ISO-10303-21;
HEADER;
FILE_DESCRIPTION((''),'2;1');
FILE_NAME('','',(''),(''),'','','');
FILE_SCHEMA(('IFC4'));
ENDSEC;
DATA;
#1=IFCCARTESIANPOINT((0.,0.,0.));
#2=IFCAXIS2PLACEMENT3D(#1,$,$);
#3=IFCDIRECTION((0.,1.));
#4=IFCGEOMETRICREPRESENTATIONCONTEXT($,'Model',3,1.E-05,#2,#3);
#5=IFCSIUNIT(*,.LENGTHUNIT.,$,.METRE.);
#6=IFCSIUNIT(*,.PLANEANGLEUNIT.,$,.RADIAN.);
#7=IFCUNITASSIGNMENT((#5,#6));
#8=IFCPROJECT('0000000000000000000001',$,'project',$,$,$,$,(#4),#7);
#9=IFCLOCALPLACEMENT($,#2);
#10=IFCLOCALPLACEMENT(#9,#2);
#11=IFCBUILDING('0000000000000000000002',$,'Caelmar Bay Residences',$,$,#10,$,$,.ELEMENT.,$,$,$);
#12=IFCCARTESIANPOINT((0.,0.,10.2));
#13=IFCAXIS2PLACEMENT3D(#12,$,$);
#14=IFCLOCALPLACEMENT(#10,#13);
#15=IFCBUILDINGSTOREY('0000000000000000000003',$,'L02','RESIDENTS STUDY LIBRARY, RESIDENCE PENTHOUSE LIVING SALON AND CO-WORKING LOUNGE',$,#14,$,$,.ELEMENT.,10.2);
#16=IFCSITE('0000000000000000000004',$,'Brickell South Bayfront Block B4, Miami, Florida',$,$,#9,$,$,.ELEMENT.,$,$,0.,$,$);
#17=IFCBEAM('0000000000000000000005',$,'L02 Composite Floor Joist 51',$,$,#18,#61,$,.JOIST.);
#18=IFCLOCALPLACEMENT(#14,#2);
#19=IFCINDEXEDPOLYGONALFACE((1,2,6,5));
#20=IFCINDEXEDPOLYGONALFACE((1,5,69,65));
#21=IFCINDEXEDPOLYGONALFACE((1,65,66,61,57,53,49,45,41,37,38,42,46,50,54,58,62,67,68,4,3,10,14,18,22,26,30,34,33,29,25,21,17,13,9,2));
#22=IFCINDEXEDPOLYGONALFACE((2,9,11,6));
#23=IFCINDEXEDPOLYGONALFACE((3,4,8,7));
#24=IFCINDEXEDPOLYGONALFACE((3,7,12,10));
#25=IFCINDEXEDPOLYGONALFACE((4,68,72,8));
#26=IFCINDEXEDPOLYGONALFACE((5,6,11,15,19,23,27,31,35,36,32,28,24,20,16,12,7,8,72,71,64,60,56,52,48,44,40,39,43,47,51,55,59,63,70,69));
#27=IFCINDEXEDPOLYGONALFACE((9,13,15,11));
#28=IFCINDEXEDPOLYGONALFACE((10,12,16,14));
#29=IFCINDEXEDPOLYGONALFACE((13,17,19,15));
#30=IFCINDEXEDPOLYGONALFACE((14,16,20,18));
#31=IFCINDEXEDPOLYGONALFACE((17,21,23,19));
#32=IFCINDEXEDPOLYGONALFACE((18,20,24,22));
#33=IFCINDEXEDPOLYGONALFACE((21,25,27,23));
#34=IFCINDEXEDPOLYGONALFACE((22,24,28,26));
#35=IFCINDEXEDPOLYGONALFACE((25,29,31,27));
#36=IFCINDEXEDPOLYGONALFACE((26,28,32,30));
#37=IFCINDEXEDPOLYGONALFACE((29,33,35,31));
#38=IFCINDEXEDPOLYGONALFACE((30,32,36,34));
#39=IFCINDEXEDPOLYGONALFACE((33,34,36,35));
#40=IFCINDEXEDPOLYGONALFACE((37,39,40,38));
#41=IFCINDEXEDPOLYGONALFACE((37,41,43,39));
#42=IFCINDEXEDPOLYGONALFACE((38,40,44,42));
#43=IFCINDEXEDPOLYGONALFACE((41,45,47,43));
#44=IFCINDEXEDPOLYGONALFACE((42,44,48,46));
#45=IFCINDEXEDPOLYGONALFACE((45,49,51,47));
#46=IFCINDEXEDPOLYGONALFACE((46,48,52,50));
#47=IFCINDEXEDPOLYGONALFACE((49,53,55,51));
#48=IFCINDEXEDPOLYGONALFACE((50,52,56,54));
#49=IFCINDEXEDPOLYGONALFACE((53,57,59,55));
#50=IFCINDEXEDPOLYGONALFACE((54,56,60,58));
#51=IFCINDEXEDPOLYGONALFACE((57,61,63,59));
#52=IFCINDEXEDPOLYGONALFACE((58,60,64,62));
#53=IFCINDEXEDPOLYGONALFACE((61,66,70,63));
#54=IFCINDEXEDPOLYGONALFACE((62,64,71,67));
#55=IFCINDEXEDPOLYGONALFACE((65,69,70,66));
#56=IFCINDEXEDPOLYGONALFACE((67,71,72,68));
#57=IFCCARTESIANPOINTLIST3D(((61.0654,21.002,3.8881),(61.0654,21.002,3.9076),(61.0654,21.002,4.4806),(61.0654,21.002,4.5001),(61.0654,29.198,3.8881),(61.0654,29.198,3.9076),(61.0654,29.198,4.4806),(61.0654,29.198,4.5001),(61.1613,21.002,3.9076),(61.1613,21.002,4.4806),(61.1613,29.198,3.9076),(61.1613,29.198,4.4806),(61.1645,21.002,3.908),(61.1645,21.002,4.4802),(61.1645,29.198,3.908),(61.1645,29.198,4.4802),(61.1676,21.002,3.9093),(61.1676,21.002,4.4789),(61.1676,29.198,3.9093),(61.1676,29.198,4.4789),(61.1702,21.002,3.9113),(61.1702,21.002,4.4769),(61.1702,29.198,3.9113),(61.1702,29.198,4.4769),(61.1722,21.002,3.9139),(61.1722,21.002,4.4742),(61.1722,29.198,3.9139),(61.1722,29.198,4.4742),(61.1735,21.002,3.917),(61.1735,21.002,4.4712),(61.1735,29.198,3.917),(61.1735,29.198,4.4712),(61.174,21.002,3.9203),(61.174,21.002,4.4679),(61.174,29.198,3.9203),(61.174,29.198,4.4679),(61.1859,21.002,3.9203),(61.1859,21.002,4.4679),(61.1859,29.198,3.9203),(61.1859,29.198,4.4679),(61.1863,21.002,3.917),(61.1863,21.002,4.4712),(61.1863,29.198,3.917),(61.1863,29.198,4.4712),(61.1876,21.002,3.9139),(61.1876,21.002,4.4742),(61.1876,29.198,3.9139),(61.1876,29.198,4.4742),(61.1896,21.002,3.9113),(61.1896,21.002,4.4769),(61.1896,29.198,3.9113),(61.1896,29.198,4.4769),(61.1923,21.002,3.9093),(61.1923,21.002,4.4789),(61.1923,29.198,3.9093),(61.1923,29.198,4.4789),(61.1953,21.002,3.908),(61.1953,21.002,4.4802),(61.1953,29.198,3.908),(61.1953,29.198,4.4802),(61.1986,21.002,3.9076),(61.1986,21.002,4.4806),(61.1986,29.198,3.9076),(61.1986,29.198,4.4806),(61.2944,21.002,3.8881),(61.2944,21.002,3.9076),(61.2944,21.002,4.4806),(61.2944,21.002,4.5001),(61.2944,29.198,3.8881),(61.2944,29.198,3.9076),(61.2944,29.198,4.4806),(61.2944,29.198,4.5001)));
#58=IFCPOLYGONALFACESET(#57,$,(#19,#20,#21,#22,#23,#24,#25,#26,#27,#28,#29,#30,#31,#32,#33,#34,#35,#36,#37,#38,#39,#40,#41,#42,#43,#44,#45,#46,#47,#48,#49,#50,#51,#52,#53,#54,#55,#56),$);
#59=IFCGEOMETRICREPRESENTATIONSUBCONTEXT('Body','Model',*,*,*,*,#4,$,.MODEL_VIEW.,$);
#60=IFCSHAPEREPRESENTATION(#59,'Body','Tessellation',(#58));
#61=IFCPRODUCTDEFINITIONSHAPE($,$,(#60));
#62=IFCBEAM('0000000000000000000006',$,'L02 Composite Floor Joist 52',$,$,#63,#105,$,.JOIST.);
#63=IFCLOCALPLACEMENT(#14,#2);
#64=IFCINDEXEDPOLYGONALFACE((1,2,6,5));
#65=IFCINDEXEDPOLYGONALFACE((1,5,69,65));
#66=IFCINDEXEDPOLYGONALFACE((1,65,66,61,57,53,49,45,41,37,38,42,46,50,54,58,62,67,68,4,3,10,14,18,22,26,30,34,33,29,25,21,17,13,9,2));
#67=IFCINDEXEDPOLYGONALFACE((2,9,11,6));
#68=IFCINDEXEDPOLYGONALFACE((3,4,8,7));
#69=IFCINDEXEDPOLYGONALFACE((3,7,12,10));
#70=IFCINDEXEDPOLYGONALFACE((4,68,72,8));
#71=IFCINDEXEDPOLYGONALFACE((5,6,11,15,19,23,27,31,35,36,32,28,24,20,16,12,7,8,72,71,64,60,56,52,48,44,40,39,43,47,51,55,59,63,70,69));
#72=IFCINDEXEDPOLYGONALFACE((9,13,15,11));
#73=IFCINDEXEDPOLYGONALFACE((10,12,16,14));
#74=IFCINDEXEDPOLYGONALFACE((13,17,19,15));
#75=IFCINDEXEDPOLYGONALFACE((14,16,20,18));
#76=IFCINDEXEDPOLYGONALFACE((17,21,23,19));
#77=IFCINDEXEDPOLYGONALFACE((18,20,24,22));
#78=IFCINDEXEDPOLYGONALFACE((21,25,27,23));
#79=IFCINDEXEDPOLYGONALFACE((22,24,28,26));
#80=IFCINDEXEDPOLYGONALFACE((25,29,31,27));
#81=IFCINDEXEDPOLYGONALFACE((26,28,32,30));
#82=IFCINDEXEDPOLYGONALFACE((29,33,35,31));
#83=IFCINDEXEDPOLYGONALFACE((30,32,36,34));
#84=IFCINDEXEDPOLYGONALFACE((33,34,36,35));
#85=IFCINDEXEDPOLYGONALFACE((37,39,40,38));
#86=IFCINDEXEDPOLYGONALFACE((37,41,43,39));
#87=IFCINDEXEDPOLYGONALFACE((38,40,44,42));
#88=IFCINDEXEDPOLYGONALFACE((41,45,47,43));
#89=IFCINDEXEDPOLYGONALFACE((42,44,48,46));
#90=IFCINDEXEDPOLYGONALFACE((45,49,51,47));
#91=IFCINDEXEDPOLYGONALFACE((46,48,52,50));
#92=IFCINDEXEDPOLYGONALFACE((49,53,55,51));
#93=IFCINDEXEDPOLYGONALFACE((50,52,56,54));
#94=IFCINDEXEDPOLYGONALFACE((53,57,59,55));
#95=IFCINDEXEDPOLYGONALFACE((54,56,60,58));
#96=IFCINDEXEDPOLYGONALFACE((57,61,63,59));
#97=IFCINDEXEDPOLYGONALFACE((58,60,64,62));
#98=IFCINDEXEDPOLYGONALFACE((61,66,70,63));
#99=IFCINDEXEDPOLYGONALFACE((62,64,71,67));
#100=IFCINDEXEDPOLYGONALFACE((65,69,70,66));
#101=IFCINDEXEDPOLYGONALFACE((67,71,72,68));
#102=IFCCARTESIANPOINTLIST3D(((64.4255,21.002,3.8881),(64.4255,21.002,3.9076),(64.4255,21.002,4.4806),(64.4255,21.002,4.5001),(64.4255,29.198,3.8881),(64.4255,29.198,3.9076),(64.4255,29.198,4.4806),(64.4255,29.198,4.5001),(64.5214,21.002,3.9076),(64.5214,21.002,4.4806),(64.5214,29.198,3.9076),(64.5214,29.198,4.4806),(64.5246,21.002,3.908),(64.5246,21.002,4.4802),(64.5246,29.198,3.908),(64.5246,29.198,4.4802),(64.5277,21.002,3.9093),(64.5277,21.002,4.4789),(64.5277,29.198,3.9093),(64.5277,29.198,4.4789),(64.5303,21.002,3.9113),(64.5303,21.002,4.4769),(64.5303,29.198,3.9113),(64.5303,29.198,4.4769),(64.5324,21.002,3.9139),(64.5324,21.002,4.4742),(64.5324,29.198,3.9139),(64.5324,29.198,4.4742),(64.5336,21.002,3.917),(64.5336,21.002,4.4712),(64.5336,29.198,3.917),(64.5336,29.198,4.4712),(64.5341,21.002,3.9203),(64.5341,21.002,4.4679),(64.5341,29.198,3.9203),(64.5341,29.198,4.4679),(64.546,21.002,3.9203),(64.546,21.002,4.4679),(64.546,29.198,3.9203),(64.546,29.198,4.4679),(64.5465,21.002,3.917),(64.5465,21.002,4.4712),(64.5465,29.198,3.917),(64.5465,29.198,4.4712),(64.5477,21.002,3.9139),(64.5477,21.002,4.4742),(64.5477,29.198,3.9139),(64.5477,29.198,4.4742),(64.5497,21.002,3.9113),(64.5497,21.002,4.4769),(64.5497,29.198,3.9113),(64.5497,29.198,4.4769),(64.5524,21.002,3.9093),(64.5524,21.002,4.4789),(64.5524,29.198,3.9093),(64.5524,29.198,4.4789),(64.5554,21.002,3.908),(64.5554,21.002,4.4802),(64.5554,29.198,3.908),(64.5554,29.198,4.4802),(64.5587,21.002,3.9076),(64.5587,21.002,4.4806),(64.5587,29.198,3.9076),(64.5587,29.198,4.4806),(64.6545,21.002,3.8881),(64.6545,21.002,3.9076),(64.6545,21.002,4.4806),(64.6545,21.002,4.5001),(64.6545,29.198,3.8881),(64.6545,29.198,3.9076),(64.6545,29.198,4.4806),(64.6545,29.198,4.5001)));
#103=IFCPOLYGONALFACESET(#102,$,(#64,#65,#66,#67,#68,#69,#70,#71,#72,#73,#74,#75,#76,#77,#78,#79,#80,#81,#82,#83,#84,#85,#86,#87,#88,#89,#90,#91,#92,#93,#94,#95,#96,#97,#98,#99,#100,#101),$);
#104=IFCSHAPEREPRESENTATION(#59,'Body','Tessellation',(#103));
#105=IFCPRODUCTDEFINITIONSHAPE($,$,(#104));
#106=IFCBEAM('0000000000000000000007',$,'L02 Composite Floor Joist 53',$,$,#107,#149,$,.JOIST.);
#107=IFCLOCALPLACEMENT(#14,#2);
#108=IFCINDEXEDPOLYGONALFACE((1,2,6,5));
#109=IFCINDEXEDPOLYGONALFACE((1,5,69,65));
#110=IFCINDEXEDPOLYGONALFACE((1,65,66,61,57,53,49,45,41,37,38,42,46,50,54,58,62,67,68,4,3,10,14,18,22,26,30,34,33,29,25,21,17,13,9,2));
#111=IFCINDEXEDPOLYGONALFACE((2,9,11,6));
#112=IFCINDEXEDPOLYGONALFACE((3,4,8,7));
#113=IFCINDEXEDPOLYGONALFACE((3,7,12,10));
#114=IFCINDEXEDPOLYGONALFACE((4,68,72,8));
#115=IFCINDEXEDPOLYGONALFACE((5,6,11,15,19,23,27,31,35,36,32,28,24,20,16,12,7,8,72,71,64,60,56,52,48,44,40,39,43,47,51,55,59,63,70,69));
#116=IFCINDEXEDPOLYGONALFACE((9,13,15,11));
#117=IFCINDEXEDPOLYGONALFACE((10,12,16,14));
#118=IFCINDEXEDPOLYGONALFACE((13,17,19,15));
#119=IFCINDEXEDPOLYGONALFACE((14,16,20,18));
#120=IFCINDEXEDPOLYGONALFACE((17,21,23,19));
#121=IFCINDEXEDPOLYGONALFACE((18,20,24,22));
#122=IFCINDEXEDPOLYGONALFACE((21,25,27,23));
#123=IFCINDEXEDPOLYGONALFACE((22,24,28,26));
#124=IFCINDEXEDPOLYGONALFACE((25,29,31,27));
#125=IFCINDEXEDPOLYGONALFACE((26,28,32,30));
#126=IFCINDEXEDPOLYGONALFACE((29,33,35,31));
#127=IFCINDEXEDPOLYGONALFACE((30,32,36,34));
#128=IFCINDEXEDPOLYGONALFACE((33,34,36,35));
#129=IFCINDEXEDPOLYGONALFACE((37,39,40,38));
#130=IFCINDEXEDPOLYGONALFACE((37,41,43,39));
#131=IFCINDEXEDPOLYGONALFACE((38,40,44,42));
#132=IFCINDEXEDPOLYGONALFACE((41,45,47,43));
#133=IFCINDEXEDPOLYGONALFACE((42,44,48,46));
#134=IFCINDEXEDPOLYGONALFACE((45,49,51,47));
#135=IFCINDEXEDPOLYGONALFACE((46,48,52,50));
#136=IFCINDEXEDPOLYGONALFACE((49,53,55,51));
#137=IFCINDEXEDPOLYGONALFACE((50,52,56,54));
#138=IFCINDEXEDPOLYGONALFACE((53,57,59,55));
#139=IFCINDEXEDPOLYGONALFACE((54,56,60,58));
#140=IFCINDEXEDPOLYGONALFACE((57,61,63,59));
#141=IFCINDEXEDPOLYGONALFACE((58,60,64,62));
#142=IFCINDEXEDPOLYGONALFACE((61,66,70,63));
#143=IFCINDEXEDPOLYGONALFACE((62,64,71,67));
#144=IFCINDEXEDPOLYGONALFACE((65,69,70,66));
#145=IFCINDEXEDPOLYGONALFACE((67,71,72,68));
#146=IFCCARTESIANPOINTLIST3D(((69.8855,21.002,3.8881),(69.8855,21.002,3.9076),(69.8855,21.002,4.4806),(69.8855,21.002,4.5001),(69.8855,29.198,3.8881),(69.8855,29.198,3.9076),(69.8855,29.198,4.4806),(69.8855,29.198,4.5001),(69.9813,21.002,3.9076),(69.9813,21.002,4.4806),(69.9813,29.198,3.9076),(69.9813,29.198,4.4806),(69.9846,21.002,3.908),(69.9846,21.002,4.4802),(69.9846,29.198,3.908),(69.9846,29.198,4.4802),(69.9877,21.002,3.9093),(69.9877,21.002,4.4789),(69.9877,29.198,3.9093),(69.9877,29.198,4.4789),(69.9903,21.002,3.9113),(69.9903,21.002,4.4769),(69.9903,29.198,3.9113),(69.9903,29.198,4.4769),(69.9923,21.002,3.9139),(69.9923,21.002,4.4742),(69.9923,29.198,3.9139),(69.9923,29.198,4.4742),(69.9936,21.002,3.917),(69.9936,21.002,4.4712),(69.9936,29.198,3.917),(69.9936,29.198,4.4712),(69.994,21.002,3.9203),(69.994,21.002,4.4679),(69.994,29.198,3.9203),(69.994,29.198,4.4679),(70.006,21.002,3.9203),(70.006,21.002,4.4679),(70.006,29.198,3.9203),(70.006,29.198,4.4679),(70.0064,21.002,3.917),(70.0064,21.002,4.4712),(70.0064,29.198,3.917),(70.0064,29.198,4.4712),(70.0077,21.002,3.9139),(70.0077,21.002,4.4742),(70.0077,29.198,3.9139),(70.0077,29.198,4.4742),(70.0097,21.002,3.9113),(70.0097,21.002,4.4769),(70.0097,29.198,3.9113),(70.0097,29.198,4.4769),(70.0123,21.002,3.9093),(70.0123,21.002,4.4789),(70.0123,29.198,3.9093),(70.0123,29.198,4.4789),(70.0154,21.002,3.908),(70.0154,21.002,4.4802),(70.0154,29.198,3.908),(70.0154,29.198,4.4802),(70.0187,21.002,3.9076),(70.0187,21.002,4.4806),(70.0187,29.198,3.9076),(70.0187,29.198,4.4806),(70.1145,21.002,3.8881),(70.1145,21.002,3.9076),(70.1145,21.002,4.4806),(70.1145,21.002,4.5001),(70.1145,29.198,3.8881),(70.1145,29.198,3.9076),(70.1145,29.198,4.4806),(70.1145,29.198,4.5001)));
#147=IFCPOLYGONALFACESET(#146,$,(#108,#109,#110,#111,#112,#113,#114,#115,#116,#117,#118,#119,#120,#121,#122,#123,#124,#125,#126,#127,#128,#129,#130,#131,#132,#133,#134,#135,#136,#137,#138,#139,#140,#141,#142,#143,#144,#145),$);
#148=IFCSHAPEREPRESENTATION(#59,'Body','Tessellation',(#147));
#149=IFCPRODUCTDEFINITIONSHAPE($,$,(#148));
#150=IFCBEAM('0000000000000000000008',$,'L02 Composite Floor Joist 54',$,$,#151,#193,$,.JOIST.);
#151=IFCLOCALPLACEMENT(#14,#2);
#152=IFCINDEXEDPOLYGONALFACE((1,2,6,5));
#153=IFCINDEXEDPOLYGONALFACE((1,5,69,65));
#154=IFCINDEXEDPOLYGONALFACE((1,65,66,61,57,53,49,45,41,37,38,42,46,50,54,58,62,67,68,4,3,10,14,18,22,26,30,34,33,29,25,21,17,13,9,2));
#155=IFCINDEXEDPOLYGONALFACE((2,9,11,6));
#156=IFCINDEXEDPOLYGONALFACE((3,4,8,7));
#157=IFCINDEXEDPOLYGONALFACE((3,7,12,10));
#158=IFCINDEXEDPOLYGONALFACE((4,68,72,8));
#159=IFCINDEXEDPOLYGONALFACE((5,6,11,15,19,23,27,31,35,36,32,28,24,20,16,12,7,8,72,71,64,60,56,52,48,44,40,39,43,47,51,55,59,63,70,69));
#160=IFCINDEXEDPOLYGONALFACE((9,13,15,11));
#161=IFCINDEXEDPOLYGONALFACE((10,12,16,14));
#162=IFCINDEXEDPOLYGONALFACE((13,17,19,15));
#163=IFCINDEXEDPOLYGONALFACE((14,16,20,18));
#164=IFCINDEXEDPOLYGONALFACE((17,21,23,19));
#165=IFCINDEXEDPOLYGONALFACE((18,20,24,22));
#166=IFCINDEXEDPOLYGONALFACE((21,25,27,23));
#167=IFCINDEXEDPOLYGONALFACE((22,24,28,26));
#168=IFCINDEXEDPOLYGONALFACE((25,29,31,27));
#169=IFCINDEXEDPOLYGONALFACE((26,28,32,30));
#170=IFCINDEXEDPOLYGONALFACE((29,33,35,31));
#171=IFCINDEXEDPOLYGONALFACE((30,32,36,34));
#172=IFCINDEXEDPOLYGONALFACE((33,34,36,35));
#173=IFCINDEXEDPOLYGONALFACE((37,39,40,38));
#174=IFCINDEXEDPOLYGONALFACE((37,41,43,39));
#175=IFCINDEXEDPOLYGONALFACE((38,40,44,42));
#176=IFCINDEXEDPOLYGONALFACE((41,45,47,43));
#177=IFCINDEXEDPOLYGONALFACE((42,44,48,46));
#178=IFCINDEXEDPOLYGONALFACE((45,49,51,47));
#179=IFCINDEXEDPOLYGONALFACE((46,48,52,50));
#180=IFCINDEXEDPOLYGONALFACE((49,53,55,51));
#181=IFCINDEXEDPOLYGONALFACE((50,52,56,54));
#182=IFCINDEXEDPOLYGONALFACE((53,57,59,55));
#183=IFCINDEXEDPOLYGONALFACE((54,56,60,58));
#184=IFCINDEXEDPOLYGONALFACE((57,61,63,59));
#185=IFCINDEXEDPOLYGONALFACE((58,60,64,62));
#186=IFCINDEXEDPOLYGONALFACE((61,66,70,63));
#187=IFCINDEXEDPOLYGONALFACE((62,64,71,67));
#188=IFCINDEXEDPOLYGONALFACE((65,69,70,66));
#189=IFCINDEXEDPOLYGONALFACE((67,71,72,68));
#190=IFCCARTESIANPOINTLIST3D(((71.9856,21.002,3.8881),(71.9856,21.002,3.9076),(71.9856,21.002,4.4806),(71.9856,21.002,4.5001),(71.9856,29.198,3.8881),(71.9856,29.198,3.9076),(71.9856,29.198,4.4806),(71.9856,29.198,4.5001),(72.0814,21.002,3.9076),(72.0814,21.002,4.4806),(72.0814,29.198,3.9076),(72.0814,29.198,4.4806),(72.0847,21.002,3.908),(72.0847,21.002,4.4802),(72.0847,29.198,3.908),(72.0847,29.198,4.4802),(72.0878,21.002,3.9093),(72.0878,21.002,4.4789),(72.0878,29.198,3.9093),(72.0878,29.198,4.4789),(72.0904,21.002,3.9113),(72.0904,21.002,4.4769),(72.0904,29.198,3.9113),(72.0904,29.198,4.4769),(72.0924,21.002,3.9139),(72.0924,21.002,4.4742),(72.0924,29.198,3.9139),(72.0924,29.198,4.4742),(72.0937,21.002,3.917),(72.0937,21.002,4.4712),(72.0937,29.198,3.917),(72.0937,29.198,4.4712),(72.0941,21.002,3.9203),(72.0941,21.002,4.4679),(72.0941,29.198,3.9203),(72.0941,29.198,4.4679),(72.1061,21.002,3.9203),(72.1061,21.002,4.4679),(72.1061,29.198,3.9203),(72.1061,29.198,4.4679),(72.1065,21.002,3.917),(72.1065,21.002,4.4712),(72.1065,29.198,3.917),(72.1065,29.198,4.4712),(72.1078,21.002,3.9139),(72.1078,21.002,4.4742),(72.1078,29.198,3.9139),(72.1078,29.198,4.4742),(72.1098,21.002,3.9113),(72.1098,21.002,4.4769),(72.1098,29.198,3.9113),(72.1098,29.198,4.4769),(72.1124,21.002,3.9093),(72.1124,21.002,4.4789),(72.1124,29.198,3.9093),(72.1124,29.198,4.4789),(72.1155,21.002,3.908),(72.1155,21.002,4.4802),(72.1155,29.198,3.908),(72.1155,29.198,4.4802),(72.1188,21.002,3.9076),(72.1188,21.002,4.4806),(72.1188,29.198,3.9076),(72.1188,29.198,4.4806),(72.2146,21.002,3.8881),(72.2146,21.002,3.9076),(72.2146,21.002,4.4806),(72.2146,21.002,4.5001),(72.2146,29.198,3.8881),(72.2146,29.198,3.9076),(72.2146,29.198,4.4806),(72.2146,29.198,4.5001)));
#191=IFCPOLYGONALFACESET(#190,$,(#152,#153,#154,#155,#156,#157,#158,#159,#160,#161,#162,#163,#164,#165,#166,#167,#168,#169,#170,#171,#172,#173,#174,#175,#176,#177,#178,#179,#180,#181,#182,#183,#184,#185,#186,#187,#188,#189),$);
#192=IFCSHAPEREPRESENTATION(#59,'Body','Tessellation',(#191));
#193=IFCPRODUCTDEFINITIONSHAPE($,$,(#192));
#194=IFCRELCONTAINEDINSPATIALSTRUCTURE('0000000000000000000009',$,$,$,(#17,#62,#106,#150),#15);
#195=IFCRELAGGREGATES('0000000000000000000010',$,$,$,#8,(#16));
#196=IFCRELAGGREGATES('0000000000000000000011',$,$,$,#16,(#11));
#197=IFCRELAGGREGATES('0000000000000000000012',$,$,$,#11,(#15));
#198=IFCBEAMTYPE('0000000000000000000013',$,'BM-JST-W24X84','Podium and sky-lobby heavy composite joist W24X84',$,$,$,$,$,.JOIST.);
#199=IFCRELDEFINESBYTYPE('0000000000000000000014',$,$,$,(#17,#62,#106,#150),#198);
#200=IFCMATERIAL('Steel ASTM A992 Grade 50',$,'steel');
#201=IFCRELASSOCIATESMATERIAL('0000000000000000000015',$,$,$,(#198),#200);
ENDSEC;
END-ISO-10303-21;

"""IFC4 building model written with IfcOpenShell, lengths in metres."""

from ifc_helpers import new_model, si_unit, direction, frame, origin, origin_2d, place, context, subcontext, project, spatial, i_section, extrude, material, material_profile, profile_set, type_object, element, save


model = new_model("IFC4")

# Units and contexts
model_context = context("Model", 3, precision=1e-05, world=origin(), true_north=direction((0.0, 1.0)))
body_context = subcontext(model_context, "Body", "Model", "MODEL_VIEW")
ifc_project = project(units=[si_unit("LENGTHUNIT", "METRE"), si_unit("PLANEANGLEUNIT", "RADIAN")], contexts=[model_context])

# Site, building, storey
site_placement = place(None, origin())
site = spatial("IfcSite", under=ifc_project, at=site_placement, Name="Brickell South Bayfront Block B4, Miami, Florida", CompositionType="ELEMENT", RefElevation=0.0)
building_placement = place(site_placement, origin())
building = spatial("IfcBuilding", under=site, at=building_placement, Name="Caelmar Bay Residences", CompositionType="ELEMENT")
storey_placement = place(building_placement, frame((0.0, 0.0, 10.2)))
storey = spatial("IfcBuildingStorey", under=building, at=storey_placement, Name="L02", Description="RESIDENTS STUDY LIBRARY, RESIDENCE PENTHOUSE LIVING SALON AND CO-WORKING LOUNGE", CompositionType="ELEMENT", Elevation=10.2)

# Beams
ifc_material_1 = material(Name="Steel ASTM A992 Grade 50", Category="steel")
ifc_material_profile_1 = material_profile(ifc_material_1, i_section(OverallWidth=0.229, OverallDepth=0.6121, WebThickness=0.012, FlangeThickness=0.0195, FilletRadius=0.0127, at=origin_2d()), Name="W24X84")
ifc_profile_set_1 = profile_set([ifc_material_profile_1], Name="Steel ASTM A992 Grade 50")
beam_type_1 = type_object("IfcBeamType", Name="BM-JST-W24X84", Description="Podium and sky-lobby heavy composite joist W24X84", PredefinedType="JOIST", material=ifc_profile_set_1)
for number, where, z_axis, x_axis, name in (
    (1, (61.1799, 21.002, 4.1941), (0.0, 1.0, 0.0), (-1.0, 0.0, 0.0), "L02 Composite Floor Joist 51"),
    (2, (64.54, 21.002, 4.1941), (0.0, 1.0, 0.0), (-1.0, 0.0, 0.0), "L02 Composite Floor Joist 52"),
    (3, (70.0, 21.002, 4.1941), (0.0, 1.0, 0.0), (-1.0, 0.0, 0.0), "L02 Composite Floor Joist 53"),
    (4, (72.1001, 21.002, 4.1941), (0.0, 1.0, 0.0), (-1.0, 0.0, 0.0), "L02 Composite Floor Joist 54"),
):
    element("IfcBeam", number, at=place(storey_placement, frame(where, z_axis=z_axis, x_axis=x_axis)), inside=storey, type_object=beam_type_1, Name=name, PredefinedType="JOIST", context=body_context, shape_type="SweptSolid", body=[
        extrude(i_section(OverallWidth=0.229, OverallDepth=0.6121, WebThickness=0.012, FlangeThickness=0.0195, FilletRadius=0.0127, at=origin_2d()), origin(), (0.0, 0.0, 1.0), 8.196),
    ])

save(model, "model.ifc")
